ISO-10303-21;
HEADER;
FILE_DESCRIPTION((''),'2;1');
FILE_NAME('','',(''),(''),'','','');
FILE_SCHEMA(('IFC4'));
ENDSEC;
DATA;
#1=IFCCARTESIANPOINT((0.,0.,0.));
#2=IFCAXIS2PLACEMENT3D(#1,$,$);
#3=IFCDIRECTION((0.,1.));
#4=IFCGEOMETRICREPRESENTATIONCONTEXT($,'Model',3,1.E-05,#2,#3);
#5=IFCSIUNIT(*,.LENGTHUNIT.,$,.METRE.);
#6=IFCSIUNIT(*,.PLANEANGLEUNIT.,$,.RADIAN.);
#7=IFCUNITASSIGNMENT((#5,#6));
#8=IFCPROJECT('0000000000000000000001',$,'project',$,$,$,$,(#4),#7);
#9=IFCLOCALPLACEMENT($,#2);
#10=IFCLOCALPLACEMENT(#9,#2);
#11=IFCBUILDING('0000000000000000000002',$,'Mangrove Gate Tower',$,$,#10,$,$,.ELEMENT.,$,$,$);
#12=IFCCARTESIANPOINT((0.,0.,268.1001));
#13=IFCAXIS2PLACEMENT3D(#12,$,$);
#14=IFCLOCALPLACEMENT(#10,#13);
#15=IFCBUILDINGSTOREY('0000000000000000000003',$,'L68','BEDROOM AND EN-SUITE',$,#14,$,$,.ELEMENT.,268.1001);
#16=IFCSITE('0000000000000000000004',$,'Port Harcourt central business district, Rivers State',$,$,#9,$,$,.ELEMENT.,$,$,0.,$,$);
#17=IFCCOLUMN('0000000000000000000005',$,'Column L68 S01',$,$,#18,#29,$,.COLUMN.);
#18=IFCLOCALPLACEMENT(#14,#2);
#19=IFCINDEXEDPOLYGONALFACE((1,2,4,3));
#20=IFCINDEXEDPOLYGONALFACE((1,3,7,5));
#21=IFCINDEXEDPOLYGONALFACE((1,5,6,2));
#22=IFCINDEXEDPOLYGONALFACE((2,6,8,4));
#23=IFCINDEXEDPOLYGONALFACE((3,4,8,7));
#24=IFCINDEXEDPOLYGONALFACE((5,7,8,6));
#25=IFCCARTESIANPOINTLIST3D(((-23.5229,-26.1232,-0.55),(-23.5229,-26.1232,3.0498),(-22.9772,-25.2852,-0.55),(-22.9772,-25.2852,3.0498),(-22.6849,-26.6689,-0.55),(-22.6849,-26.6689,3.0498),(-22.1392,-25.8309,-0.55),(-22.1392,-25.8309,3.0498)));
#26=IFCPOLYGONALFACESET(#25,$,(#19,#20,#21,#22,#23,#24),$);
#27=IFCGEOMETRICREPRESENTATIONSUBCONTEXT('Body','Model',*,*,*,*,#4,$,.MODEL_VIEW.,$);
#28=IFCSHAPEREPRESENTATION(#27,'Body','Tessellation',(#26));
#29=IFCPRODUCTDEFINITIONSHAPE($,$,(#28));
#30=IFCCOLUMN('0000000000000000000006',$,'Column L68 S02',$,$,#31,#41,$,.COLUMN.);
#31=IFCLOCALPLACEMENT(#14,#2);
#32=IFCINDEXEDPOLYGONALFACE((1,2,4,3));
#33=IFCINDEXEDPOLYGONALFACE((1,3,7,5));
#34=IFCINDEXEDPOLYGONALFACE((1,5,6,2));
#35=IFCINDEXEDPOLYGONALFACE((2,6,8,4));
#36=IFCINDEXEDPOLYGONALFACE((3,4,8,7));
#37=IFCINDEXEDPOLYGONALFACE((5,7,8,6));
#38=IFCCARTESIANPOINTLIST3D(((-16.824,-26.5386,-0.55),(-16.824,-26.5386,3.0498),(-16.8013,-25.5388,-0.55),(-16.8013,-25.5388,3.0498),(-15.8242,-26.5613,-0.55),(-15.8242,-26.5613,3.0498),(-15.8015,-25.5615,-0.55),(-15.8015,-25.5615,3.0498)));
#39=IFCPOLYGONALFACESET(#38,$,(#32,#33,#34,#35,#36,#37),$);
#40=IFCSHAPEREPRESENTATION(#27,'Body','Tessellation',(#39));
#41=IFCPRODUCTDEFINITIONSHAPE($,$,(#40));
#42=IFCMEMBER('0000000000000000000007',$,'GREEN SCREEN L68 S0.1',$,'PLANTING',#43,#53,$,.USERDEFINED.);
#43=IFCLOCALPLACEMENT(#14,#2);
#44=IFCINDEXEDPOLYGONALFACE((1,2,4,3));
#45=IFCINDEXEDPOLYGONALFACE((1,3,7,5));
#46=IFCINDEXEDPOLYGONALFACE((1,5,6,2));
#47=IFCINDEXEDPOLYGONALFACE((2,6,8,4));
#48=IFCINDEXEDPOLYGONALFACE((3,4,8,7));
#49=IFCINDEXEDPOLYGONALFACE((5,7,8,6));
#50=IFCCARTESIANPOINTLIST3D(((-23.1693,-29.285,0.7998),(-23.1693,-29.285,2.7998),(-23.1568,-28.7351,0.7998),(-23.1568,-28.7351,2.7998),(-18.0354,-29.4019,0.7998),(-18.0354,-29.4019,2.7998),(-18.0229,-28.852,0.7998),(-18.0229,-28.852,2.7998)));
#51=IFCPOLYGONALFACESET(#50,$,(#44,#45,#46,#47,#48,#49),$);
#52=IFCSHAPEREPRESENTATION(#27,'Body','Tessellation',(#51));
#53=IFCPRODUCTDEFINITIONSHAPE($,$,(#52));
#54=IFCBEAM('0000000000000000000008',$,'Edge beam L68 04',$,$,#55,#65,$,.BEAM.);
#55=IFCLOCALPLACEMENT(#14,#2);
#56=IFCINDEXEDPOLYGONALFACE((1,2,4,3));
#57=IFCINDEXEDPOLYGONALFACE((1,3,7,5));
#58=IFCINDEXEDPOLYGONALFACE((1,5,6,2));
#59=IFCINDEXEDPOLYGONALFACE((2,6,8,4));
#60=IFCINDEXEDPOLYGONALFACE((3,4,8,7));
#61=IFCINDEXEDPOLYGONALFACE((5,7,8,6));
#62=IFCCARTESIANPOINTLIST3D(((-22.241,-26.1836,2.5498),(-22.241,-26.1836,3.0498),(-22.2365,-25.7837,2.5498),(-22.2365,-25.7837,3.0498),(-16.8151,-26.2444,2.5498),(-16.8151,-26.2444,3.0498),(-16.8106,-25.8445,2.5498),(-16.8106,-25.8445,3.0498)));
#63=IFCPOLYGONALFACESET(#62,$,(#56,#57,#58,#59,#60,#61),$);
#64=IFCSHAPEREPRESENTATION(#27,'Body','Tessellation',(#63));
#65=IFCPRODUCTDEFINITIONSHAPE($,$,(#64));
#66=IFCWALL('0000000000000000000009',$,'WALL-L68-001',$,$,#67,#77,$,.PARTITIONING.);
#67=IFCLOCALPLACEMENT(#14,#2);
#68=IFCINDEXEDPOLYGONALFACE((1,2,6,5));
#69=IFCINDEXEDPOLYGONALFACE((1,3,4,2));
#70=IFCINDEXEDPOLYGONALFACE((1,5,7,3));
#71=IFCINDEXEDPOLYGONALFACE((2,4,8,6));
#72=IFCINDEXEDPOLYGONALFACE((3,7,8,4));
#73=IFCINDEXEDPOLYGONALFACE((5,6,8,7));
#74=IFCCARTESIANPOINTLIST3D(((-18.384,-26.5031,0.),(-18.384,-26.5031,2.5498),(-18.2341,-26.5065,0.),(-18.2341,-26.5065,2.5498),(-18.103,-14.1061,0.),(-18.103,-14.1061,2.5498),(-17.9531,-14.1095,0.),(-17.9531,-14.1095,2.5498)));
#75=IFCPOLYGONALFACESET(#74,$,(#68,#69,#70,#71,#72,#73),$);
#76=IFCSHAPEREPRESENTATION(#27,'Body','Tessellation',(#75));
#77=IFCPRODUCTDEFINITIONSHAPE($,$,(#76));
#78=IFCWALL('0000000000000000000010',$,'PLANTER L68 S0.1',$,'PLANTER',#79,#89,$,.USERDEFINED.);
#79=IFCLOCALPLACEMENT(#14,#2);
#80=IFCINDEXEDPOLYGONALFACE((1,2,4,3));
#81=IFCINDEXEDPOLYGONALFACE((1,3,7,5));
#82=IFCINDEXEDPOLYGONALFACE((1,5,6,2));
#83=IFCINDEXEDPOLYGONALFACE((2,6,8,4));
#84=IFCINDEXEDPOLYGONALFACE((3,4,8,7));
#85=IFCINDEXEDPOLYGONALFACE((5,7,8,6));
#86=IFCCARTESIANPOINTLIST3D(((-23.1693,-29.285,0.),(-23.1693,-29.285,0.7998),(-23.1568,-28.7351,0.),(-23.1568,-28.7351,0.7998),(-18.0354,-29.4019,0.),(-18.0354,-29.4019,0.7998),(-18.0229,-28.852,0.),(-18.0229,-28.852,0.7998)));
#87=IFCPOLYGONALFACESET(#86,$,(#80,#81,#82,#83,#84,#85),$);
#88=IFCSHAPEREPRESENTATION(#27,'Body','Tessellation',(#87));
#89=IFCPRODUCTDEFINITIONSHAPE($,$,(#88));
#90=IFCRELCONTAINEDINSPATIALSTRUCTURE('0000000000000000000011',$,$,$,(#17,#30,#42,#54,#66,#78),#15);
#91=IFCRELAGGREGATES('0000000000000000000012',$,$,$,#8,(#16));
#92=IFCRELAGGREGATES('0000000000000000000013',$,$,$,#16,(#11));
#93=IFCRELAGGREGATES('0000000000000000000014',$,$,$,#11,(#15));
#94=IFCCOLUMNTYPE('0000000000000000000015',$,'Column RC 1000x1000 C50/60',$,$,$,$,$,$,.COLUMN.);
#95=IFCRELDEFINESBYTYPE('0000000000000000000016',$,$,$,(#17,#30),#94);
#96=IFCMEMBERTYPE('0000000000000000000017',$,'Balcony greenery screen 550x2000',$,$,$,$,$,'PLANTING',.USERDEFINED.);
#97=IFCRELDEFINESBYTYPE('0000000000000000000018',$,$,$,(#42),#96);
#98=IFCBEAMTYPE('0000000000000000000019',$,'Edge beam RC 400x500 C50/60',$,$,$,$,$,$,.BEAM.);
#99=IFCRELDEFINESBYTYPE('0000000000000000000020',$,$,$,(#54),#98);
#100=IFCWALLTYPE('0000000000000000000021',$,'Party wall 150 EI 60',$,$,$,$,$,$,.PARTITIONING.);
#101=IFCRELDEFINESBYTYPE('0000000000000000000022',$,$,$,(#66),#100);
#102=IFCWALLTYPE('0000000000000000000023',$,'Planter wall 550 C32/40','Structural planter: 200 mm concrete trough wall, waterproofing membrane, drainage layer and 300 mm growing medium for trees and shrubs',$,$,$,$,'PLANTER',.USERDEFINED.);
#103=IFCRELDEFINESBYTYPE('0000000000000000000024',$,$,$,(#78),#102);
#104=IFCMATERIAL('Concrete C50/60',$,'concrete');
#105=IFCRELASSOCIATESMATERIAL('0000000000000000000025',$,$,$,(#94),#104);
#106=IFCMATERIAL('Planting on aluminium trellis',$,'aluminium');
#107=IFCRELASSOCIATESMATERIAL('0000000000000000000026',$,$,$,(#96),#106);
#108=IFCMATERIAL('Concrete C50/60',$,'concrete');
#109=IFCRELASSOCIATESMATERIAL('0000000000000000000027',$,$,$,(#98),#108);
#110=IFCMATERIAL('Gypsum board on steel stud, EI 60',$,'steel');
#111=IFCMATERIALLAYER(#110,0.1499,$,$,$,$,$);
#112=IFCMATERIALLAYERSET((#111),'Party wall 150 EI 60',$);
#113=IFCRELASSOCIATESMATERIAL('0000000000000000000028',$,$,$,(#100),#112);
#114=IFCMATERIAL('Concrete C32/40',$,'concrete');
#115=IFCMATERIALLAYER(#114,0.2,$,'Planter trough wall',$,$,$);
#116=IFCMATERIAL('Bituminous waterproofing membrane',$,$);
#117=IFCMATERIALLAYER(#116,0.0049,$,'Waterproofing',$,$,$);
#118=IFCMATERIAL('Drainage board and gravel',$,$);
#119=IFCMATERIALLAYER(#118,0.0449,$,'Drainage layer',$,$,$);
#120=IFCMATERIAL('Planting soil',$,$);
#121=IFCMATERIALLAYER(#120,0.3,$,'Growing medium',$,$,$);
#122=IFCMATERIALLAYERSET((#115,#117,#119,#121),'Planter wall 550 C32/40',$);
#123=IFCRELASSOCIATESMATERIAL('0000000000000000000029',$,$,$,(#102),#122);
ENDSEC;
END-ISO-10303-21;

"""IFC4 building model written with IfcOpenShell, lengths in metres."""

from ifc_helpers import new_model, si_unit, direction, frame, frame_2d, origin, origin_2d, place, context, subcontext, project, spatial, rectangle, extrude, material, layer, layer_set, material_profile, profile_set, type_object, element, save


model = new_model("IFC4")

# Units and contexts
model_context = context("Model", 3, precision=1e-05, world=origin(), true_north=direction((0.0, 1.0)))
body_context = subcontext(model_context, "Body", "Model", "MODEL_VIEW")
ifc_project = project(units=[si_unit("LENGTHUNIT", "METRE"), si_unit("PLANEANGLEUNIT", "RADIAN")], contexts=[model_context])

# Site, building, storey
site_placement = place(None, origin())
site = spatial("IfcSite", under=ifc_project, at=site_placement, Name="Port Harcourt central business district, Rivers State", CompositionType="ELEMENT", RefElevation=0.0)
building_placement = place(site_placement, origin())
building = spatial("IfcBuilding", under=site, at=building_placement, Name="Mangrove Gate Tower", CompositionType="ELEMENT")
storey_placement = place(building_placement, frame((0.0, 0.0, 268.1001)))
storey = spatial("IfcBuildingStorey", under=building, at=storey_placement, Name="L68", Description="BEDROOM AND EN-SUITE", CompositionType="ELEMENT", Elevation=268.1001)

# Columns
ifc_material_1 = material(Name="Concrete C50/60", Category="concrete")
ifc_material_profile_1 = material_profile(ifc_material_1, rectangle(XDim=1.0, YDim=1.0, at=origin_2d()))
ifc_profile_set_1 = profile_set([ifc_material_profile_1], Name="Concrete C50/60")
column_type = type_object("IfcColumnType", Name="Column RC 1000x1000 C50/60", PredefinedType="COLUMN", material=ifc_profile_set_1)
for number, where, z_axis, x_axis, name in (
    (1, (-22.8311, -25.9771, -0.55), (0.0, 0.0, 1.0), (0.837962, -0.545728, 0.0), "Column L68 S01"),
    (2, (-16.3127, -26.05, -0.55), (0.0, 0.0, 1.0), (0.999742, -0.022708, 0.0), "Column L68 S02"),
):
    element("IfcColumn", number, at=place(storey_placement, frame(where, z_axis=z_axis, x_axis=x_axis)), inside=storey, type_object=column_type, Name=name, PredefinedType="COLUMN", context=body_context, shape_type="SweptSolid", body=[
        extrude(rectangle(XDim=1.0, YDim=1.0, at=origin_2d()), origin(), (0.0, 0.0, 1.0), 3.5999),
    ])

# Member
ifc_material_2 = material(Name="Planting on aluminium trellis", Category="aluminium")
ifc_material_profile_2 = material_profile(ifc_material_2, rectangle(XDim=0.55, YDim=2.0, at=origin_2d()))
ifc_profile_set_2 = profile_set([ifc_material_profile_2], Name="Planting on aluminium trellis")
member_type = type_object("IfcMemberType", Name="Balcony greenery screen 550x2000", ElementType="PLANTING", PredefinedType="USERDEFINED", material=ifc_profile_set_2)
member_placement = place(storey_placement, frame((-23.1631, -29.01, 1.7998), z_axis=(0.999741, -0.022772, 0.0), x_axis=(0.022772, 0.999741, 0.0)))
element("IfcMember", 3, at=member_placement, inside=storey, type_object=member_type, Name="GREEN SCREEN L68 S0.1", ObjectType="PLANTING", PredefinedType="USERDEFINED", context=body_context, shape_type="SweptSolid", body=[
    extrude(rectangle(XDim=0.55, YDim=2.0, at=origin_2d()), origin(), (0.0, 0.0, 1.0), 5.1353),
])

# Beam
ifc_material_3 = material(Name="Concrete C50/60", Category="concrete")
ifc_material_profile_3 = material_profile(ifc_material_3, rectangle(XDim=0.3999, YDim=0.5, at=origin_2d()))
ifc_profile_set_3 = profile_set([ifc_material_profile_3], Name="Concrete C50/60")
beam_type = type_object("IfcBeamType", Name="Edge beam RC 400x500 C50/60", PredefinedType="BEAM", material=ifc_profile_set_3)
beam_placement = place(storey_placement, frame((-22.2388, -25.9836, 2.7998), z_axis=(0.999937, -0.011203, 0.0), x_axis=(0.011203, 0.999937, 0.0)))
element("IfcBeam", 4, at=beam_placement, inside=storey, type_object=beam_type, Name="Edge beam L68 04", PredefinedType="BEAM", context=body_context, shape_type="SweptSolid", body=[
    extrude(rectangle(XDim=0.3999, YDim=0.5, at=origin_2d()), origin(), (0.0, 0.0, 1.0), 5.4263),
])

# Walls
ifc_material_4 = material(Name="Gypsum board on steel stud, EI 60", Category="steel")
ifc_layer_1 = layer(ifc_material_4, 0.1499)
ifc_layer_set_1 = layer_set([ifc_layer_1], Name="Party wall 150 EI 60")
wall_type_1 = type_object("IfcWallType", Name="Party wall 150 EI 60", PredefinedType="PARTITIONING", material=ifc_layer_set_1)
wall_1_placement = place(storey_placement, frame((-18.3091, -26.5049, 0.0), z_axis=(0.0, 0.0, 1.0), x_axis=(0.022661, 0.999743, 0.0)))
element("IfcWall", 5, at=wall_1_placement, inside=storey, type_object=wall_type_1, Name="WALL-L68-001", PredefinedType="PARTITIONING", context=body_context, shape_type="SweptSolid", body=[
    extrude(rectangle(XDim=12.4001, YDim=0.1499, at=frame_2d((6.2002, 0.0))), origin(), (0.0, 0.0, 1.0), 2.5498),
])
ifc_material_5 = material(Name="Concrete C32/40", Category="concrete")
ifc_layer_2 = layer(ifc_material_5, 0.2, Name="Planter trough wall")
ifc_material_6 = material(Name="Bituminous waterproofing membrane")
ifc_layer_3 = layer(ifc_material_6, 0.0049, Name="Waterproofing")
ifc_material_7 = material(Name="Drainage board and gravel")
ifc_layer_4 = layer(ifc_material_7, 0.0449, Name="Drainage layer")
ifc_material_8 = material(Name="Planting soil")
ifc_layer_5 = layer(ifc_material_8, 0.3, Name="Growing medium")
ifc_layer_set_2 = layer_set([ifc_layer_2, ifc_layer_3, ifc_layer_4, ifc_layer_5], Name="Planter wall 550 C32/40")
wall_type_2 = type_object("IfcWallType", Name="Planter wall 550 C32/40", Description="Structural planter: 200 mm concrete trough wall, waterproofing membrane, drainage layer and 300 mm growing medium for trees and shrubs", ElementType="PLANTER", PredefinedType="USERDEFINED", material=ifc_layer_set_2)
wall_2_placement = place(storey_placement, frame((-23.1631, -29.01, 0.0), z_axis=(0.0, 0.0, 1.0), x_axis=(0.999741, -0.022772, 0.0)))
element("IfcWall", 6, at=wall_2_placement, inside=storey, type_object=wall_type_2, Name="PLANTER L68 S0.1", ObjectType="PLANTER", PredefinedType="USERDEFINED", context=body_context, shape_type="SweptSolid", body=[
    extrude(rectangle(XDim=5.1353, YDim=0.55, at=frame_2d((2.5676, 0.0))), origin(), (0.0, 0.0, 1.0), 0.7998),
])

save(model, "model.ifc")
